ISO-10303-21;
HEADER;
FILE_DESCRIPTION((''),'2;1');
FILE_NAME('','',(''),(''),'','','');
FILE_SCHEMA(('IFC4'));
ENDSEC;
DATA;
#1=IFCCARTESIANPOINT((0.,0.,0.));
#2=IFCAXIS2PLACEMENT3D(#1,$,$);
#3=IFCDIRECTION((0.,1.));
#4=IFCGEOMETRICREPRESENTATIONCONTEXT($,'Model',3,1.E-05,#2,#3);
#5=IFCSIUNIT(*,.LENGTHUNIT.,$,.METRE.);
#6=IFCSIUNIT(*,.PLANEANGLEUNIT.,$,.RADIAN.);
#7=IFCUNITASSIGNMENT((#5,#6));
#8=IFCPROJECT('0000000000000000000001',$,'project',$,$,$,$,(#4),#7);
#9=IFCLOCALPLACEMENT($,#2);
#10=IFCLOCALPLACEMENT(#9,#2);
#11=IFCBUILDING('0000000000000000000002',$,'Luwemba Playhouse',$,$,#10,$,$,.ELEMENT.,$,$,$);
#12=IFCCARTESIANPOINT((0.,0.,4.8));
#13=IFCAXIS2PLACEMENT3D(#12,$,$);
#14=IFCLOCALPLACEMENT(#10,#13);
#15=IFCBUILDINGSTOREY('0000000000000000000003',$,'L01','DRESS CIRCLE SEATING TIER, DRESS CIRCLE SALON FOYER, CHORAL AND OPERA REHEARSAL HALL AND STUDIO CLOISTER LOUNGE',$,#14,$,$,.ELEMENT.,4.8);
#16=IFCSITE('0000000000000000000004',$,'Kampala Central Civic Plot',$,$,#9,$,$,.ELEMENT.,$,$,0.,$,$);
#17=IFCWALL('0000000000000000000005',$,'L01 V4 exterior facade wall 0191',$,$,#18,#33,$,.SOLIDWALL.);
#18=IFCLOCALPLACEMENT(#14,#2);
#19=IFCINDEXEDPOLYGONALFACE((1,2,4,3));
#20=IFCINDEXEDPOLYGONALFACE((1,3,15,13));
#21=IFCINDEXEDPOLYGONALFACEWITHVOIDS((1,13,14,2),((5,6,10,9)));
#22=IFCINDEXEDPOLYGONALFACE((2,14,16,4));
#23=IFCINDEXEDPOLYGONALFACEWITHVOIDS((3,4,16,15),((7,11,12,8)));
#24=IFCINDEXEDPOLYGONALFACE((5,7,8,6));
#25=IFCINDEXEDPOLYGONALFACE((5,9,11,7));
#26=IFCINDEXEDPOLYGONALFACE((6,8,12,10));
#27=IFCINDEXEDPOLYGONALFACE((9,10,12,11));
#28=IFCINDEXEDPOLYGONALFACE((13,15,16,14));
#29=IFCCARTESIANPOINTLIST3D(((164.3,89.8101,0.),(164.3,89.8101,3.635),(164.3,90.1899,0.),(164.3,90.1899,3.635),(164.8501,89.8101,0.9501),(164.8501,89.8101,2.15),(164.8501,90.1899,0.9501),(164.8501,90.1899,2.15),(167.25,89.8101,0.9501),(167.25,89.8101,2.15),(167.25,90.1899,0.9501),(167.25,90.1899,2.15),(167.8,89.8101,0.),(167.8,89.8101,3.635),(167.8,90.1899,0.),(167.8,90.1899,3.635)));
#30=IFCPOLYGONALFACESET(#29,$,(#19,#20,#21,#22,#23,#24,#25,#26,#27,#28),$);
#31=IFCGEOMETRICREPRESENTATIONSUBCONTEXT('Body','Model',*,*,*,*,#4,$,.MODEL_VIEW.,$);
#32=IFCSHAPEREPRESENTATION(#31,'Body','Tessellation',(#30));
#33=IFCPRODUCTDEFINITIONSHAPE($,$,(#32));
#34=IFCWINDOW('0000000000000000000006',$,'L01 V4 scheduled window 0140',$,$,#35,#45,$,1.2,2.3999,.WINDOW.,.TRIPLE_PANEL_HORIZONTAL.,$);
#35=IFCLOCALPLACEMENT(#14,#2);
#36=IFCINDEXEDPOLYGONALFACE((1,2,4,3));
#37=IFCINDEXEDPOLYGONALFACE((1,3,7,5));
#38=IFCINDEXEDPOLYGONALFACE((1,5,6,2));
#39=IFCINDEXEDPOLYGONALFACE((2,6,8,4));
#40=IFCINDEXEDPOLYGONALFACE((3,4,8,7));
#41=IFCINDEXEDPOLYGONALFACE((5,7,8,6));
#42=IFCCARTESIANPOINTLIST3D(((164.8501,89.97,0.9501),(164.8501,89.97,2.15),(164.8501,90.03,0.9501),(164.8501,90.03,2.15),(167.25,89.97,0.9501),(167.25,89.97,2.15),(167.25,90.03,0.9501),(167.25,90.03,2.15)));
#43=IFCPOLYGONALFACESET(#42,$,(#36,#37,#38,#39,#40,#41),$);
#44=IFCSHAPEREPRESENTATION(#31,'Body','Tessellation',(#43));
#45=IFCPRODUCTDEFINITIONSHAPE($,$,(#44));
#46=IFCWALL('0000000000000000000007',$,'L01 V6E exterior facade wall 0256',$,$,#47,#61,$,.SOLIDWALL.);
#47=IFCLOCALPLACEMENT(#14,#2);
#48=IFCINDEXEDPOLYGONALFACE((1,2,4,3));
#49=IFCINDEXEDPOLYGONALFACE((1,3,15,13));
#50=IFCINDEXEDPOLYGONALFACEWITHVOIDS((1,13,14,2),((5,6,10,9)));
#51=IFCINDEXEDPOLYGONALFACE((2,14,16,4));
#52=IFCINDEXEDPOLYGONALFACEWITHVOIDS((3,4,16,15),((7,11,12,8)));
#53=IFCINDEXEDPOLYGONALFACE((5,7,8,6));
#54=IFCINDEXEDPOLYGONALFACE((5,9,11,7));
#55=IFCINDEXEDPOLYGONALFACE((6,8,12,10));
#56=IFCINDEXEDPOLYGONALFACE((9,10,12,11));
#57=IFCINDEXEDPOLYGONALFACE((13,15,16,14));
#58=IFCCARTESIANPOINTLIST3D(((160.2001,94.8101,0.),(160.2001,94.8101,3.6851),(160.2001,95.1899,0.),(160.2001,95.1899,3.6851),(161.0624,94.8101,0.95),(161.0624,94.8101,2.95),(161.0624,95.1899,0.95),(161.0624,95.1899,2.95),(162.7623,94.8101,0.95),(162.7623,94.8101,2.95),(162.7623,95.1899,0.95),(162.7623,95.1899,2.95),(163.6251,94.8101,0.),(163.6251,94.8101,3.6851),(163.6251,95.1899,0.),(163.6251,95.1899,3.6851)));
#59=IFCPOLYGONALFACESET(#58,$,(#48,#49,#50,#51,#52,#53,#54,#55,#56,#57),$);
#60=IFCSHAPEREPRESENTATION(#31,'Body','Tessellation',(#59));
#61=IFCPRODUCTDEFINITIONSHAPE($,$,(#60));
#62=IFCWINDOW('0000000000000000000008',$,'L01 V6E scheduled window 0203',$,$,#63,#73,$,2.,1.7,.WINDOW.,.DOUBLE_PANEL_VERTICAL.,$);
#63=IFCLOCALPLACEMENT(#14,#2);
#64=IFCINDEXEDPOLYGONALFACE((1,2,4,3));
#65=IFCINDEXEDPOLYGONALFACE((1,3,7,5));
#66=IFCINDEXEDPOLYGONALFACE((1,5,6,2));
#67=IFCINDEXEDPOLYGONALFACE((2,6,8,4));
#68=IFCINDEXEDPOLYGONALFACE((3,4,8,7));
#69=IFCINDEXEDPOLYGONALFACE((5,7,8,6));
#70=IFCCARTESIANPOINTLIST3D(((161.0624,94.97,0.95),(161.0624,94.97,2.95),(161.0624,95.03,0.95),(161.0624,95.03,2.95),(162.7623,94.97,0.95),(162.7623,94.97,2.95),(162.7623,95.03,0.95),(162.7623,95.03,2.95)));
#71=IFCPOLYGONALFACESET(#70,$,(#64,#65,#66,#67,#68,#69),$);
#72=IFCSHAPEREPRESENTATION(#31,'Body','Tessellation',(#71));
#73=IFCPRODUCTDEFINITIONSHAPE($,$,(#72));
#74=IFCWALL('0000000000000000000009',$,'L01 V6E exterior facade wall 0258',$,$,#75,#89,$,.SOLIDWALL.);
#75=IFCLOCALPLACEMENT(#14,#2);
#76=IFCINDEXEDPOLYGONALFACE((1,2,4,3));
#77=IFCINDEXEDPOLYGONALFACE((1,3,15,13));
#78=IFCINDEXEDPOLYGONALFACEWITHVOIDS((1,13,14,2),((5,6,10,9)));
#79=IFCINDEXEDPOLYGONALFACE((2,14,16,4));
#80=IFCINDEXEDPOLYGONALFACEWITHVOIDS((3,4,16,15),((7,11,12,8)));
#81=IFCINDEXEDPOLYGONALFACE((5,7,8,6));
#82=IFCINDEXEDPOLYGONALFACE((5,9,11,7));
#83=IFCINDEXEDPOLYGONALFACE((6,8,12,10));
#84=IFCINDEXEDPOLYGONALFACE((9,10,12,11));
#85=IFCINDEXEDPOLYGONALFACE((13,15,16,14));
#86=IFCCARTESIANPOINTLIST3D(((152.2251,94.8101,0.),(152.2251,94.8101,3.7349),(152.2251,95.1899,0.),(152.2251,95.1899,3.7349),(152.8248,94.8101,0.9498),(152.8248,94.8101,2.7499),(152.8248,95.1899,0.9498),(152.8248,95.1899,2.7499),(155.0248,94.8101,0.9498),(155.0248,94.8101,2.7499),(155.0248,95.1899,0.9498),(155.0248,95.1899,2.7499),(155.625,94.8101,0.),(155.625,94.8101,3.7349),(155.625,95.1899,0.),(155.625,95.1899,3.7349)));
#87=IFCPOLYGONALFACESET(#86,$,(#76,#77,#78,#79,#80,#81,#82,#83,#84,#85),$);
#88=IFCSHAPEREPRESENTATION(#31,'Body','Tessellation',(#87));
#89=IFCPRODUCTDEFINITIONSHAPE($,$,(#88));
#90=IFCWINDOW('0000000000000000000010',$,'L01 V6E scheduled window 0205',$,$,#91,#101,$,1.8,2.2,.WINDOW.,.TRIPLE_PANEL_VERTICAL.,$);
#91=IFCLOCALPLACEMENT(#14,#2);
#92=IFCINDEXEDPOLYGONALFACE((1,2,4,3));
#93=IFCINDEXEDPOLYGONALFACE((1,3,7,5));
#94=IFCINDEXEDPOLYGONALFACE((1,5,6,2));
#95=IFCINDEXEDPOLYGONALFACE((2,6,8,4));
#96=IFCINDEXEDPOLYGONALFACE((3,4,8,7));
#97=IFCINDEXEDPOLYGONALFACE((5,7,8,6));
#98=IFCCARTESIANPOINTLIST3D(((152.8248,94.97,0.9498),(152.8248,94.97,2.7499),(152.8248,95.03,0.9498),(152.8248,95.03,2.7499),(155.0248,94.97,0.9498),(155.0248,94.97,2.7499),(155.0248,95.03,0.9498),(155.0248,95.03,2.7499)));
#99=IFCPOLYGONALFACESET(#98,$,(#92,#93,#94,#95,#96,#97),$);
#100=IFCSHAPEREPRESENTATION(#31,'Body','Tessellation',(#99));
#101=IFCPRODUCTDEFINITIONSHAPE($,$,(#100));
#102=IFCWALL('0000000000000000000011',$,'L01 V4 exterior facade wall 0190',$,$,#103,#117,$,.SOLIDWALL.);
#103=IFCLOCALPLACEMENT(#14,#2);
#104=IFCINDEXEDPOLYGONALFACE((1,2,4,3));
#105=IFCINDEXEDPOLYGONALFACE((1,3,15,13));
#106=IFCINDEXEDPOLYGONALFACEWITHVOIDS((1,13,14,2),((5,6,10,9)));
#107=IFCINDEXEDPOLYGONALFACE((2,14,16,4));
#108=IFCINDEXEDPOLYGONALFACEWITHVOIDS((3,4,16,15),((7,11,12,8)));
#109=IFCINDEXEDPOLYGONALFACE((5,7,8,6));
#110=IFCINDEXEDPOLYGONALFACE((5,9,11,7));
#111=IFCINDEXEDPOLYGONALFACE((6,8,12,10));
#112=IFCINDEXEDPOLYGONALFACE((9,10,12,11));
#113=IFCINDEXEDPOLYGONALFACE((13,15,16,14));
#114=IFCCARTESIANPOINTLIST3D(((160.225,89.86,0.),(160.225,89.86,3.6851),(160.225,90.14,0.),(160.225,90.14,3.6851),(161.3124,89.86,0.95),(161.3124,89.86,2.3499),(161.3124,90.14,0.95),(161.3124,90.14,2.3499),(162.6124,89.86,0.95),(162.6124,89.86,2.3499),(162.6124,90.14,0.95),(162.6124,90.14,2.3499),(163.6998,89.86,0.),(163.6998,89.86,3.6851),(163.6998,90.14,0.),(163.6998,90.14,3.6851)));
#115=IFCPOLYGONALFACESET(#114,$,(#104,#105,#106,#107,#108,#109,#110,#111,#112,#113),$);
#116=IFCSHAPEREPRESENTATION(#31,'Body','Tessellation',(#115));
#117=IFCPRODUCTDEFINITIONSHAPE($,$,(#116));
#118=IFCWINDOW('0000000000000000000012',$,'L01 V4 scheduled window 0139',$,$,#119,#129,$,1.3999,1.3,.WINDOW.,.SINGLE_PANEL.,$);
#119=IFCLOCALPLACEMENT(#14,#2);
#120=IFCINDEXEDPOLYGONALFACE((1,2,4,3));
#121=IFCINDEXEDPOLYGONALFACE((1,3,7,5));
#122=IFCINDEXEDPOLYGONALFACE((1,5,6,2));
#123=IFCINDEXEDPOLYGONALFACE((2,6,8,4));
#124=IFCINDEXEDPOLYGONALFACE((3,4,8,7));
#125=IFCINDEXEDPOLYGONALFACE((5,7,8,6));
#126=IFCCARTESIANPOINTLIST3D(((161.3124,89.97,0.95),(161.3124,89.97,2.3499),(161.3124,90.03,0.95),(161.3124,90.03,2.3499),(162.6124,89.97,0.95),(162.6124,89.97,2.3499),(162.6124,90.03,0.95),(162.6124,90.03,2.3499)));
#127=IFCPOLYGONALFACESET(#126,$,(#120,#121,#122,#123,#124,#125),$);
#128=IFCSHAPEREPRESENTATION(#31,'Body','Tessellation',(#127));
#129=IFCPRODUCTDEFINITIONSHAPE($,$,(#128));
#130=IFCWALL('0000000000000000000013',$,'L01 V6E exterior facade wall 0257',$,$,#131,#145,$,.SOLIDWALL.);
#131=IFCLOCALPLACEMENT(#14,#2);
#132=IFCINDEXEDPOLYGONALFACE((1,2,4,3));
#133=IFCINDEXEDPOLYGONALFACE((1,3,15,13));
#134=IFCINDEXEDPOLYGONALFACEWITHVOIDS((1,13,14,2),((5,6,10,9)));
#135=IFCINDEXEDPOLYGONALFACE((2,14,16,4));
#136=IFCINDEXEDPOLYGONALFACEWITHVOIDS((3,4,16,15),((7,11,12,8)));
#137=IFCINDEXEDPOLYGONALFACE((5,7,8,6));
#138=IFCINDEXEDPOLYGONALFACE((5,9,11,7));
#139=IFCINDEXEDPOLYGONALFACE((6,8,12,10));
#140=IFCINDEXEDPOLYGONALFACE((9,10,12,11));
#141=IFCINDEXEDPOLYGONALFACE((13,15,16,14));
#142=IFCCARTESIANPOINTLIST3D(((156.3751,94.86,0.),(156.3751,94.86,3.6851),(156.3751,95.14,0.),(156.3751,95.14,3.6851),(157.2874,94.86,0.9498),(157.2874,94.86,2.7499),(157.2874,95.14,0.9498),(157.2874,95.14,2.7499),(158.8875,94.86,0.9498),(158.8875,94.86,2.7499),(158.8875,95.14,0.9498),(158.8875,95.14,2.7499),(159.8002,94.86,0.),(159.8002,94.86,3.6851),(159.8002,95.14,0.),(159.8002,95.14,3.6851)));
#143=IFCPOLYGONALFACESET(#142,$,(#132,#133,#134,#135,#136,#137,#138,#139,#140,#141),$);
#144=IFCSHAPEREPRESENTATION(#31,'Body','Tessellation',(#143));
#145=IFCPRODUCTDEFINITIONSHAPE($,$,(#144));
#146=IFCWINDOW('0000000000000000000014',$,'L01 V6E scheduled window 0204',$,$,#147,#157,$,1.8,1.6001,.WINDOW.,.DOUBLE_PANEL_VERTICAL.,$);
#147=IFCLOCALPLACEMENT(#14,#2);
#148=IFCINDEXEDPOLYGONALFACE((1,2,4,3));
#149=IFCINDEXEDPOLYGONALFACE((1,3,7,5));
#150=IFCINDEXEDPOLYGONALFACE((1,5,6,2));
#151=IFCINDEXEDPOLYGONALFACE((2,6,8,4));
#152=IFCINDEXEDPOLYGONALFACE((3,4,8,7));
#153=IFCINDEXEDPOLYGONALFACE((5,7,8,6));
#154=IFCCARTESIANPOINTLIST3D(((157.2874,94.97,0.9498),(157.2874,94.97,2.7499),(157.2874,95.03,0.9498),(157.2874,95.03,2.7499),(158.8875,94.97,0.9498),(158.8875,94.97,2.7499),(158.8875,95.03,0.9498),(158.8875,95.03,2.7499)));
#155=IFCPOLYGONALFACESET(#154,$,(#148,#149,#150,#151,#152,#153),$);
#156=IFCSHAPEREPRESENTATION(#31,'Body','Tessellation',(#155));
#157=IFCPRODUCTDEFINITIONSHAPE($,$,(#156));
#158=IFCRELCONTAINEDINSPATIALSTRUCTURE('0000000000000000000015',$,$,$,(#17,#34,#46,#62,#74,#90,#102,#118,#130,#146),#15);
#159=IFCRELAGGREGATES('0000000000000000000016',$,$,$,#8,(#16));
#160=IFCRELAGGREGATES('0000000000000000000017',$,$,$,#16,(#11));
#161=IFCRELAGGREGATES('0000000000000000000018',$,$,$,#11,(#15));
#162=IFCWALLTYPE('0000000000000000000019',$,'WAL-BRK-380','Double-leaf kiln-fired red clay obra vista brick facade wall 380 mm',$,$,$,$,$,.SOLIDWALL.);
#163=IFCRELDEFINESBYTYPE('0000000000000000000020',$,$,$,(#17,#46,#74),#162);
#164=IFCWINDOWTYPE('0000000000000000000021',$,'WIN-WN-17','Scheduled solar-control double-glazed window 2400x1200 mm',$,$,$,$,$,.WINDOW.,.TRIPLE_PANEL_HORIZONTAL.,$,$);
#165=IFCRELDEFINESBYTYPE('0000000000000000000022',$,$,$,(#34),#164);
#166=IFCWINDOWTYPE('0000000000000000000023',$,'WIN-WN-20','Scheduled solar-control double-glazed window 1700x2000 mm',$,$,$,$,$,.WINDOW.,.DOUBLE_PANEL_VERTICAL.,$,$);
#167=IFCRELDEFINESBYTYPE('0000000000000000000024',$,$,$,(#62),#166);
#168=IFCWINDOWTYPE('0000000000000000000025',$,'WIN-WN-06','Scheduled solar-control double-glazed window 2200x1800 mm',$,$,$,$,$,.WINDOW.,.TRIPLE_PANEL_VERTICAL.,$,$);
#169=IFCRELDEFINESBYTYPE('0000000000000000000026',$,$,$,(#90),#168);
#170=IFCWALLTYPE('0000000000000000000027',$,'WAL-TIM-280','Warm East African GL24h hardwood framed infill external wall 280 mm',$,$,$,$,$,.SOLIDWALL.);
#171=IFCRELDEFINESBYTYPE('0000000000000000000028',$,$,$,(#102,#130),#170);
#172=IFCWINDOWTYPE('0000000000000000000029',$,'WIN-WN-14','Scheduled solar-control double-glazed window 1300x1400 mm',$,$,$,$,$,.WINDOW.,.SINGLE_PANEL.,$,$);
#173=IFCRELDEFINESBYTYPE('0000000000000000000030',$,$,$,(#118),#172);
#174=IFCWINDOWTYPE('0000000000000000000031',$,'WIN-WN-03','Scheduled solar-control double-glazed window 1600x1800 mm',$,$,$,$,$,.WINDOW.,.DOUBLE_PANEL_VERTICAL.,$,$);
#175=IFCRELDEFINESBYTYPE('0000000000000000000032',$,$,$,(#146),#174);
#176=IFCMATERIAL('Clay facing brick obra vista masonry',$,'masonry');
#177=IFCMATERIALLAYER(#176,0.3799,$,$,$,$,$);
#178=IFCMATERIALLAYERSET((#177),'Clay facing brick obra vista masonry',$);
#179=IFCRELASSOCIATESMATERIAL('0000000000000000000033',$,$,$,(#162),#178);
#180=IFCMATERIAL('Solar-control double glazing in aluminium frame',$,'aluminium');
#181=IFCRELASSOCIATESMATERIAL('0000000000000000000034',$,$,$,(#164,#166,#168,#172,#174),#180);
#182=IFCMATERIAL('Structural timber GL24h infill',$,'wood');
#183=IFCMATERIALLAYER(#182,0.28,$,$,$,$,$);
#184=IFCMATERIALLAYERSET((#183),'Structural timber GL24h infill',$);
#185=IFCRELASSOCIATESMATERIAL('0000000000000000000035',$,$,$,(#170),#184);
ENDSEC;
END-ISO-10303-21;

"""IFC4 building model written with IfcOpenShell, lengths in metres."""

from ifc_helpers import new_model, si_unit, direction, frame, frame_2d, origin, place, context, subcontext, project, spatial, rectangle, extrude, material, layer, layer_set, type_object, element, fill, save


model = new_model("IFC4")

# Units and contexts
model_context = context("Model", 3, precision=1e-05, world=origin(), true_north=direction((0.0, 1.0)))
body_context = subcontext(model_context, "Body", "Model", "MODEL_VIEW")
ifc_project = project(units=[si_unit("LENGTHUNIT", "METRE"), si_unit("PLANEANGLEUNIT", "RADIAN")], contexts=[model_context])

# Site, building, storey
site_placement = place(None, origin())
site = spatial("IfcSite", under=ifc_project, at=site_placement, Name="Kampala Central Civic Plot", CompositionType="ELEMENT", RefElevation=0.0)
building_placement = place(site_placement, origin())
building = spatial("IfcBuilding", under=site, at=building_placement, Name="Luwemba Playhouse", CompositionType="ELEMENT")
storey_placement = place(building_placement, frame((0.0, 0.0, 4.8)))
storey = spatial("IfcBuildingStorey", under=building, at=storey_placement, Name="L01", Description="DRESS CIRCLE SEATING TIER, DRESS CIRCLE SALON FOYER, CHORAL AND OPERA REHEARSAL HALL AND STUDIO CLOISTER LOUNGE", CompositionType="ELEMENT", Elevation=4.8)

# Walls, openings, windows
ifc_material_1 = material(Name="Clay facing brick obra vista masonry", Category="masonry")
ifc_layer_1 = layer(ifc_material_1, 0.3799)
ifc_layer_set_1 = layer_set([ifc_layer_1], Name="Clay facing brick obra vista masonry")
wall_type_1 = type_object("IfcWallType", Name="WAL-BRK-380", Description="Double-leaf kiln-fired red clay obra vista brick facade wall 380 mm", PredefinedType="SOLIDWALL", material=ifc_layer_set_1)
ifc_material_2 = material(Name="Solar-control double glazing in aluminium frame", Category="aluminium")
wall_1_placement = place(storey_placement, frame((164.3, 90.0, 0.0), z_axis=(0.0, 0.0, 1.0), x_axis=(1.0, 0.0, 0.0)))
wall_1 = element("IfcWall", 1, at=wall_1_placement, inside=storey, type_object=wall_type_1, Name="L01 V4 exterior facade wall 0191", PredefinedType="SOLIDWALL", context=body_context, shape_type="SweptSolid", body=[
    extrude(rectangle(XDim=3.5, YDim=0.3799, at=frame_2d((1.75, 0.0))), origin(), (0.0, 0.0, 1.0), 3.635),
])
opening_1_placement = place(wall_1_placement, frame((0.55, 0.0, 0.95)))
opening_1 = element("IfcOpeningElement", 2, at=opening_1_placement, cuts=wall_1, PredefinedType="OPENING", context=body_context, shape_type="SweptSolid", body=[
    extrude(rectangle(XDim=2.3999, YDim=1.2, at=frame_2d((1.2, 0.6001))), frame((0.0, 0.2, 0.0), z_axis=(0.0, -1.0, 0.0), x_axis=(1.0, 0.0, 0.0)), (0.0, 0.0, 1.0), 0.3999),
])
window_type_1 = type_object("IfcWindowType", Name="WIN-WN-17", Description="Scheduled solar-control double-glazed window 2400x1200 mm", PartitioningType="TRIPLE_PANEL_HORIZONTAL", PredefinedType="WINDOW", material=ifc_material_2)
window_1_placement = place(opening_1_placement, origin())
window_1 = element("IfcWindow", 3, at=window_1_placement, inside=storey, type_object=window_type_1, Name="L01 V4 scheduled window 0140", OverallHeight=1.2, OverallWidth=2.3999, PartitioningType="TRIPLE_PANEL_HORIZONTAL", PredefinedType="WINDOW", context=body_context, shape_type="SweptSolid", body=[
    extrude(rectangle(XDim=2.3999, YDim=1.2, at=frame_2d((1.2, 0.6001))), frame((0.0, 0.03, 0.0), z_axis=(0.0, -1.0, 0.0), x_axis=(1.0, 0.0, 0.0)), (0.0, 0.0, 1.0), 0.0601),
])
fill(opening_1, window_1)
wall_2_placement = place(storey_placement, frame((163.625, 95.0, 0.0), z_axis=(0.0, 0.0, 1.0), x_axis=(-1.0, 0.0, 0.0)))
wall_2 = element("IfcWall", 4, at=wall_2_placement, inside=storey, type_object=wall_type_1, Name="L01 V6E exterior facade wall 0256", PredefinedType="SOLIDWALL", context=body_context, shape_type="SweptSolid", body=[
    extrude(rectangle(XDim=3.425, YDim=0.3799, at=frame_2d((1.7124, 0.0))), origin(), (0.0, 0.0, 1.0), 3.6851),
])
opening_2_placement = place(wall_2_placement, frame((0.8625, 0.0, 0.95)))
opening_2 = element("IfcOpeningElement", 5, at=opening_2_placement, cuts=wall_2, PredefinedType="OPENING", context=body_context, shape_type="SweptSolid", body=[
    extrude(rectangle(XDim=1.7, YDim=2.0, at=frame_2d((0.8501, 1.0))), frame((0.0, 0.2, 0.0), z_axis=(0.0, -1.0, 0.0), x_axis=(1.0, 0.0, 0.0)), (0.0, 0.0, 1.0), 0.3999),
])
window_type_2 = type_object("IfcWindowType", Name="WIN-WN-20", Description="Scheduled solar-control double-glazed window 1700x2000 mm", PartitioningType="DOUBLE_PANEL_VERTICAL", PredefinedType="WINDOW", material=ifc_material_2)
window_2_placement = place(opening_2_placement, origin())
window_2 = element("IfcWindow", 6, at=window_2_placement, inside=storey, type_object=window_type_2, Name="L01 V6E scheduled window 0203", OverallHeight=2.0, OverallWidth=1.7, PartitioningType="DOUBLE_PANEL_VERTICAL", PredefinedType="WINDOW", context=body_context, shape_type="SweptSolid", body=[
    extrude(rectangle(XDim=1.7, YDim=2.0, at=frame_2d((0.8501, 1.0))), frame((0.0, 0.03, 0.0), z_axis=(0.0, -1.0, 0.0), x_axis=(1.0, 0.0, 0.0)), (0.0, 0.0, 1.0), 0.0601),
])
fill(opening_2, window_2)
wall_3_placement = place(storey_placement, frame((155.625, 95.0, 0.0), z_axis=(0.0, 0.0, 1.0), x_axis=(-1.0, 0.0, 0.0)))
wall_3 = element("IfcWall", 7, at=wall_3_placement, inside=storey, type_object=wall_type_1, Name="L01 V6E exterior facade wall 0258", PredefinedType="SOLIDWALL", context=body_context, shape_type="SweptSolid", body=[
    extrude(rectangle(XDim=3.3999, YDim=0.3799, at=frame_2d((1.7, 0.0))), origin(), (0.0, 0.0, 1.0), 3.7349),
])
opening_3_placement = place(wall_3_placement, frame((0.6001, 0.0, 0.95)))
opening_3 = element("IfcOpeningElement", 8, at=opening_3_placement, cuts=wall_3, PredefinedType="OPENING", context=body_context, shape_type="SweptSolid", body=[
    extrude(rectangle(XDim=2.2, YDim=1.8, at=frame_2d((1.1001, 0.8999))), frame((0.0, 0.2, 0.0), z_axis=(0.0, -1.0, 0.0), x_axis=(1.0, 0.0, 0.0)), (0.0, 0.0, 1.0), 0.3999),
])
window_type_3 = type_object("IfcWindowType", Name="WIN-WN-06", Description="Scheduled solar-control double-glazed window 2200x1800 mm", PartitioningType="TRIPLE_PANEL_VERTICAL", PredefinedType="WINDOW", material=ifc_material_2)
window_3_placement = place(opening_3_placement, origin())
window_3 = element("IfcWindow", 9, at=window_3_placement, inside=storey, type_object=window_type_3, Name="L01 V6E scheduled window 0205", OverallHeight=1.8, OverallWidth=2.2, PartitioningType="TRIPLE_PANEL_VERTICAL", PredefinedType="WINDOW", context=body_context, shape_type="SweptSolid", body=[
    extrude(rectangle(XDim=2.2, YDim=1.8, at=frame_2d((1.1001, 0.8999))), frame((0.0, 0.03, 0.0), z_axis=(0.0, -1.0, 0.0), x_axis=(1.0, 0.0, 0.0)), (0.0, 0.0, 1.0), 0.0601),
])
fill(opening_3, window_3)
ifc_material_3 = material(Name="Structural timber GL24h infill", Category="wood")
ifc_layer_2 = layer(ifc_material_3, 0.28)
ifc_layer_set_2 = layer_set([ifc_layer_2], Name="Structural timber GL24h infill")
wall_type_2 = type_object("IfcWallType", Name="WAL-TIM-280", Description="Warm East African GL24h hardwood framed infill external wall 280 mm", PredefinedType="SOLIDWALL", material=ifc_layer_set_2)
wall_4_placement = place(storey_placement, frame((160.2251, 90.0, 0.0), z_axis=(0.0, 0.0, 1.0), x_axis=(1.0, 0.0, 0.0)))
wall_4 = element("IfcWall", 10, at=wall_4_placement, inside=storey, type_object=wall_type_2, Name="L01 V4 exterior facade wall 0190", PredefinedType="SOLIDWALL", context=body_context, shape_type="SweptSolid", body=[
    extrude(rectangle(XDim=3.4749, YDim=0.28, at=frame_2d((1.7373, 0.0))), origin(), (0.0, 0.0, 1.0), 3.6851),
])
opening_4_placement = place(wall_4_placement, frame((1.0874, 0.0, 0.95)))
opening_4 = element("IfcOpeningElement", 11, at=opening_4_placement, cuts=wall_4, PredefinedType="OPENING", context=body_context, shape_type="SweptSolid", body=[
    extrude(rectangle(XDim=1.3, YDim=1.3999, at=frame_2d((0.6499, 0.7))), frame((0.0, 0.1499, 0.0), z_axis=(0.0, -1.0, 0.0), x_axis=(1.0, 0.0, 0.0)), (0.0, 0.0, 1.0), 0.3),
])
window_type_4 = type_object("IfcWindowType", Name="WIN-WN-14", Description="Scheduled solar-control double-glazed window 1300x1400 mm", PartitioningType="SINGLE_PANEL", PredefinedType="WINDOW", material=ifc_material_2)
window_4_placement = place(opening_4_placement, origin())
window_4 = element("IfcWindow", 12, at=window_4_placement, inside=storey, type_object=window_type_4, Name="L01 V4 scheduled window 0139", OverallHeight=1.3999, OverallWidth=1.3, PartitioningType="SINGLE_PANEL", PredefinedType="WINDOW", context=body_context, shape_type="SweptSolid", body=[
    extrude(rectangle(XDim=1.3, YDim=1.3999, at=frame_2d((0.6499, 0.7))), frame((0.0, 0.03, 0.0), z_axis=(0.0, -1.0, 0.0), x_axis=(1.0, 0.0, 0.0)), (0.0, 0.0, 1.0), 0.0601),
])
fill(opening_4, window_4)
wall_5_placement = place(storey_placement, frame((159.8, 95.0, 0.0), z_axis=(0.0, 0.0, 1.0), x_axis=(-1.0, 0.0, 0.0)))
wall_5 = element("IfcWall", 13, at=wall_5_placement, inside=storey, type_object=wall_type_2, Name="L01 V6E exterior facade wall 0257", PredefinedType="SOLIDWALL", context=body_context, shape_type="SweptSolid", body=[
    extrude(rectangle(XDim=3.425, YDim=0.28, at=frame_2d((1.7124, 0.0))), origin(), (0.0, 0.0, 1.0), 3.6851),
])
opening_5_placement = place(wall_5_placement, frame((0.9126, 0.0, 0.95)))
opening_5 = element("IfcOpeningElement", 14, at=opening_5_placement, cuts=wall_5, PredefinedType="OPENING", context=body_context, shape_type="SweptSolid", body=[
    extrude(rectangle(XDim=1.6001, YDim=1.8, at=frame_2d((0.8, 0.8999))), frame((0.0, 0.1499, 0.0), z_axis=(0.0, -1.0, 0.0), x_axis=(1.0, 0.0, 0.0)), (0.0, 0.0, 1.0), 0.3),
])
window_type_5 = type_object("IfcWindowType", Name="WIN-WN-03", Description="Scheduled solar-control double-glazed window 1600x1800 mm", PartitioningType="DOUBLE_PANEL_VERTICAL", PredefinedType="WINDOW", material=ifc_material_2)
window_5_placement = place(opening_5_placement, origin())
window_5 = element("IfcWindow", 15, at=window_5_placement, inside=storey, type_object=window_type_5, Name="L01 V6E scheduled window 0204", OverallHeight=1.8, OverallWidth=1.6001, PartitioningType="DOUBLE_PANEL_VERTICAL", PredefinedType="WINDOW", context=body_context, shape_type="SweptSolid", body=[
    extrude(rectangle(XDim=1.6001, YDim=1.8, at=frame_2d((0.8, 0.8999))), frame((0.0, 0.03, 0.0), z_axis=(0.0, -1.0, 0.0), x_axis=(1.0, 0.0, 0.0)), (0.0, 0.0, 1.0), 0.0601),
])
fill(opening_5, window_5)

save(model, "model.ifc")
